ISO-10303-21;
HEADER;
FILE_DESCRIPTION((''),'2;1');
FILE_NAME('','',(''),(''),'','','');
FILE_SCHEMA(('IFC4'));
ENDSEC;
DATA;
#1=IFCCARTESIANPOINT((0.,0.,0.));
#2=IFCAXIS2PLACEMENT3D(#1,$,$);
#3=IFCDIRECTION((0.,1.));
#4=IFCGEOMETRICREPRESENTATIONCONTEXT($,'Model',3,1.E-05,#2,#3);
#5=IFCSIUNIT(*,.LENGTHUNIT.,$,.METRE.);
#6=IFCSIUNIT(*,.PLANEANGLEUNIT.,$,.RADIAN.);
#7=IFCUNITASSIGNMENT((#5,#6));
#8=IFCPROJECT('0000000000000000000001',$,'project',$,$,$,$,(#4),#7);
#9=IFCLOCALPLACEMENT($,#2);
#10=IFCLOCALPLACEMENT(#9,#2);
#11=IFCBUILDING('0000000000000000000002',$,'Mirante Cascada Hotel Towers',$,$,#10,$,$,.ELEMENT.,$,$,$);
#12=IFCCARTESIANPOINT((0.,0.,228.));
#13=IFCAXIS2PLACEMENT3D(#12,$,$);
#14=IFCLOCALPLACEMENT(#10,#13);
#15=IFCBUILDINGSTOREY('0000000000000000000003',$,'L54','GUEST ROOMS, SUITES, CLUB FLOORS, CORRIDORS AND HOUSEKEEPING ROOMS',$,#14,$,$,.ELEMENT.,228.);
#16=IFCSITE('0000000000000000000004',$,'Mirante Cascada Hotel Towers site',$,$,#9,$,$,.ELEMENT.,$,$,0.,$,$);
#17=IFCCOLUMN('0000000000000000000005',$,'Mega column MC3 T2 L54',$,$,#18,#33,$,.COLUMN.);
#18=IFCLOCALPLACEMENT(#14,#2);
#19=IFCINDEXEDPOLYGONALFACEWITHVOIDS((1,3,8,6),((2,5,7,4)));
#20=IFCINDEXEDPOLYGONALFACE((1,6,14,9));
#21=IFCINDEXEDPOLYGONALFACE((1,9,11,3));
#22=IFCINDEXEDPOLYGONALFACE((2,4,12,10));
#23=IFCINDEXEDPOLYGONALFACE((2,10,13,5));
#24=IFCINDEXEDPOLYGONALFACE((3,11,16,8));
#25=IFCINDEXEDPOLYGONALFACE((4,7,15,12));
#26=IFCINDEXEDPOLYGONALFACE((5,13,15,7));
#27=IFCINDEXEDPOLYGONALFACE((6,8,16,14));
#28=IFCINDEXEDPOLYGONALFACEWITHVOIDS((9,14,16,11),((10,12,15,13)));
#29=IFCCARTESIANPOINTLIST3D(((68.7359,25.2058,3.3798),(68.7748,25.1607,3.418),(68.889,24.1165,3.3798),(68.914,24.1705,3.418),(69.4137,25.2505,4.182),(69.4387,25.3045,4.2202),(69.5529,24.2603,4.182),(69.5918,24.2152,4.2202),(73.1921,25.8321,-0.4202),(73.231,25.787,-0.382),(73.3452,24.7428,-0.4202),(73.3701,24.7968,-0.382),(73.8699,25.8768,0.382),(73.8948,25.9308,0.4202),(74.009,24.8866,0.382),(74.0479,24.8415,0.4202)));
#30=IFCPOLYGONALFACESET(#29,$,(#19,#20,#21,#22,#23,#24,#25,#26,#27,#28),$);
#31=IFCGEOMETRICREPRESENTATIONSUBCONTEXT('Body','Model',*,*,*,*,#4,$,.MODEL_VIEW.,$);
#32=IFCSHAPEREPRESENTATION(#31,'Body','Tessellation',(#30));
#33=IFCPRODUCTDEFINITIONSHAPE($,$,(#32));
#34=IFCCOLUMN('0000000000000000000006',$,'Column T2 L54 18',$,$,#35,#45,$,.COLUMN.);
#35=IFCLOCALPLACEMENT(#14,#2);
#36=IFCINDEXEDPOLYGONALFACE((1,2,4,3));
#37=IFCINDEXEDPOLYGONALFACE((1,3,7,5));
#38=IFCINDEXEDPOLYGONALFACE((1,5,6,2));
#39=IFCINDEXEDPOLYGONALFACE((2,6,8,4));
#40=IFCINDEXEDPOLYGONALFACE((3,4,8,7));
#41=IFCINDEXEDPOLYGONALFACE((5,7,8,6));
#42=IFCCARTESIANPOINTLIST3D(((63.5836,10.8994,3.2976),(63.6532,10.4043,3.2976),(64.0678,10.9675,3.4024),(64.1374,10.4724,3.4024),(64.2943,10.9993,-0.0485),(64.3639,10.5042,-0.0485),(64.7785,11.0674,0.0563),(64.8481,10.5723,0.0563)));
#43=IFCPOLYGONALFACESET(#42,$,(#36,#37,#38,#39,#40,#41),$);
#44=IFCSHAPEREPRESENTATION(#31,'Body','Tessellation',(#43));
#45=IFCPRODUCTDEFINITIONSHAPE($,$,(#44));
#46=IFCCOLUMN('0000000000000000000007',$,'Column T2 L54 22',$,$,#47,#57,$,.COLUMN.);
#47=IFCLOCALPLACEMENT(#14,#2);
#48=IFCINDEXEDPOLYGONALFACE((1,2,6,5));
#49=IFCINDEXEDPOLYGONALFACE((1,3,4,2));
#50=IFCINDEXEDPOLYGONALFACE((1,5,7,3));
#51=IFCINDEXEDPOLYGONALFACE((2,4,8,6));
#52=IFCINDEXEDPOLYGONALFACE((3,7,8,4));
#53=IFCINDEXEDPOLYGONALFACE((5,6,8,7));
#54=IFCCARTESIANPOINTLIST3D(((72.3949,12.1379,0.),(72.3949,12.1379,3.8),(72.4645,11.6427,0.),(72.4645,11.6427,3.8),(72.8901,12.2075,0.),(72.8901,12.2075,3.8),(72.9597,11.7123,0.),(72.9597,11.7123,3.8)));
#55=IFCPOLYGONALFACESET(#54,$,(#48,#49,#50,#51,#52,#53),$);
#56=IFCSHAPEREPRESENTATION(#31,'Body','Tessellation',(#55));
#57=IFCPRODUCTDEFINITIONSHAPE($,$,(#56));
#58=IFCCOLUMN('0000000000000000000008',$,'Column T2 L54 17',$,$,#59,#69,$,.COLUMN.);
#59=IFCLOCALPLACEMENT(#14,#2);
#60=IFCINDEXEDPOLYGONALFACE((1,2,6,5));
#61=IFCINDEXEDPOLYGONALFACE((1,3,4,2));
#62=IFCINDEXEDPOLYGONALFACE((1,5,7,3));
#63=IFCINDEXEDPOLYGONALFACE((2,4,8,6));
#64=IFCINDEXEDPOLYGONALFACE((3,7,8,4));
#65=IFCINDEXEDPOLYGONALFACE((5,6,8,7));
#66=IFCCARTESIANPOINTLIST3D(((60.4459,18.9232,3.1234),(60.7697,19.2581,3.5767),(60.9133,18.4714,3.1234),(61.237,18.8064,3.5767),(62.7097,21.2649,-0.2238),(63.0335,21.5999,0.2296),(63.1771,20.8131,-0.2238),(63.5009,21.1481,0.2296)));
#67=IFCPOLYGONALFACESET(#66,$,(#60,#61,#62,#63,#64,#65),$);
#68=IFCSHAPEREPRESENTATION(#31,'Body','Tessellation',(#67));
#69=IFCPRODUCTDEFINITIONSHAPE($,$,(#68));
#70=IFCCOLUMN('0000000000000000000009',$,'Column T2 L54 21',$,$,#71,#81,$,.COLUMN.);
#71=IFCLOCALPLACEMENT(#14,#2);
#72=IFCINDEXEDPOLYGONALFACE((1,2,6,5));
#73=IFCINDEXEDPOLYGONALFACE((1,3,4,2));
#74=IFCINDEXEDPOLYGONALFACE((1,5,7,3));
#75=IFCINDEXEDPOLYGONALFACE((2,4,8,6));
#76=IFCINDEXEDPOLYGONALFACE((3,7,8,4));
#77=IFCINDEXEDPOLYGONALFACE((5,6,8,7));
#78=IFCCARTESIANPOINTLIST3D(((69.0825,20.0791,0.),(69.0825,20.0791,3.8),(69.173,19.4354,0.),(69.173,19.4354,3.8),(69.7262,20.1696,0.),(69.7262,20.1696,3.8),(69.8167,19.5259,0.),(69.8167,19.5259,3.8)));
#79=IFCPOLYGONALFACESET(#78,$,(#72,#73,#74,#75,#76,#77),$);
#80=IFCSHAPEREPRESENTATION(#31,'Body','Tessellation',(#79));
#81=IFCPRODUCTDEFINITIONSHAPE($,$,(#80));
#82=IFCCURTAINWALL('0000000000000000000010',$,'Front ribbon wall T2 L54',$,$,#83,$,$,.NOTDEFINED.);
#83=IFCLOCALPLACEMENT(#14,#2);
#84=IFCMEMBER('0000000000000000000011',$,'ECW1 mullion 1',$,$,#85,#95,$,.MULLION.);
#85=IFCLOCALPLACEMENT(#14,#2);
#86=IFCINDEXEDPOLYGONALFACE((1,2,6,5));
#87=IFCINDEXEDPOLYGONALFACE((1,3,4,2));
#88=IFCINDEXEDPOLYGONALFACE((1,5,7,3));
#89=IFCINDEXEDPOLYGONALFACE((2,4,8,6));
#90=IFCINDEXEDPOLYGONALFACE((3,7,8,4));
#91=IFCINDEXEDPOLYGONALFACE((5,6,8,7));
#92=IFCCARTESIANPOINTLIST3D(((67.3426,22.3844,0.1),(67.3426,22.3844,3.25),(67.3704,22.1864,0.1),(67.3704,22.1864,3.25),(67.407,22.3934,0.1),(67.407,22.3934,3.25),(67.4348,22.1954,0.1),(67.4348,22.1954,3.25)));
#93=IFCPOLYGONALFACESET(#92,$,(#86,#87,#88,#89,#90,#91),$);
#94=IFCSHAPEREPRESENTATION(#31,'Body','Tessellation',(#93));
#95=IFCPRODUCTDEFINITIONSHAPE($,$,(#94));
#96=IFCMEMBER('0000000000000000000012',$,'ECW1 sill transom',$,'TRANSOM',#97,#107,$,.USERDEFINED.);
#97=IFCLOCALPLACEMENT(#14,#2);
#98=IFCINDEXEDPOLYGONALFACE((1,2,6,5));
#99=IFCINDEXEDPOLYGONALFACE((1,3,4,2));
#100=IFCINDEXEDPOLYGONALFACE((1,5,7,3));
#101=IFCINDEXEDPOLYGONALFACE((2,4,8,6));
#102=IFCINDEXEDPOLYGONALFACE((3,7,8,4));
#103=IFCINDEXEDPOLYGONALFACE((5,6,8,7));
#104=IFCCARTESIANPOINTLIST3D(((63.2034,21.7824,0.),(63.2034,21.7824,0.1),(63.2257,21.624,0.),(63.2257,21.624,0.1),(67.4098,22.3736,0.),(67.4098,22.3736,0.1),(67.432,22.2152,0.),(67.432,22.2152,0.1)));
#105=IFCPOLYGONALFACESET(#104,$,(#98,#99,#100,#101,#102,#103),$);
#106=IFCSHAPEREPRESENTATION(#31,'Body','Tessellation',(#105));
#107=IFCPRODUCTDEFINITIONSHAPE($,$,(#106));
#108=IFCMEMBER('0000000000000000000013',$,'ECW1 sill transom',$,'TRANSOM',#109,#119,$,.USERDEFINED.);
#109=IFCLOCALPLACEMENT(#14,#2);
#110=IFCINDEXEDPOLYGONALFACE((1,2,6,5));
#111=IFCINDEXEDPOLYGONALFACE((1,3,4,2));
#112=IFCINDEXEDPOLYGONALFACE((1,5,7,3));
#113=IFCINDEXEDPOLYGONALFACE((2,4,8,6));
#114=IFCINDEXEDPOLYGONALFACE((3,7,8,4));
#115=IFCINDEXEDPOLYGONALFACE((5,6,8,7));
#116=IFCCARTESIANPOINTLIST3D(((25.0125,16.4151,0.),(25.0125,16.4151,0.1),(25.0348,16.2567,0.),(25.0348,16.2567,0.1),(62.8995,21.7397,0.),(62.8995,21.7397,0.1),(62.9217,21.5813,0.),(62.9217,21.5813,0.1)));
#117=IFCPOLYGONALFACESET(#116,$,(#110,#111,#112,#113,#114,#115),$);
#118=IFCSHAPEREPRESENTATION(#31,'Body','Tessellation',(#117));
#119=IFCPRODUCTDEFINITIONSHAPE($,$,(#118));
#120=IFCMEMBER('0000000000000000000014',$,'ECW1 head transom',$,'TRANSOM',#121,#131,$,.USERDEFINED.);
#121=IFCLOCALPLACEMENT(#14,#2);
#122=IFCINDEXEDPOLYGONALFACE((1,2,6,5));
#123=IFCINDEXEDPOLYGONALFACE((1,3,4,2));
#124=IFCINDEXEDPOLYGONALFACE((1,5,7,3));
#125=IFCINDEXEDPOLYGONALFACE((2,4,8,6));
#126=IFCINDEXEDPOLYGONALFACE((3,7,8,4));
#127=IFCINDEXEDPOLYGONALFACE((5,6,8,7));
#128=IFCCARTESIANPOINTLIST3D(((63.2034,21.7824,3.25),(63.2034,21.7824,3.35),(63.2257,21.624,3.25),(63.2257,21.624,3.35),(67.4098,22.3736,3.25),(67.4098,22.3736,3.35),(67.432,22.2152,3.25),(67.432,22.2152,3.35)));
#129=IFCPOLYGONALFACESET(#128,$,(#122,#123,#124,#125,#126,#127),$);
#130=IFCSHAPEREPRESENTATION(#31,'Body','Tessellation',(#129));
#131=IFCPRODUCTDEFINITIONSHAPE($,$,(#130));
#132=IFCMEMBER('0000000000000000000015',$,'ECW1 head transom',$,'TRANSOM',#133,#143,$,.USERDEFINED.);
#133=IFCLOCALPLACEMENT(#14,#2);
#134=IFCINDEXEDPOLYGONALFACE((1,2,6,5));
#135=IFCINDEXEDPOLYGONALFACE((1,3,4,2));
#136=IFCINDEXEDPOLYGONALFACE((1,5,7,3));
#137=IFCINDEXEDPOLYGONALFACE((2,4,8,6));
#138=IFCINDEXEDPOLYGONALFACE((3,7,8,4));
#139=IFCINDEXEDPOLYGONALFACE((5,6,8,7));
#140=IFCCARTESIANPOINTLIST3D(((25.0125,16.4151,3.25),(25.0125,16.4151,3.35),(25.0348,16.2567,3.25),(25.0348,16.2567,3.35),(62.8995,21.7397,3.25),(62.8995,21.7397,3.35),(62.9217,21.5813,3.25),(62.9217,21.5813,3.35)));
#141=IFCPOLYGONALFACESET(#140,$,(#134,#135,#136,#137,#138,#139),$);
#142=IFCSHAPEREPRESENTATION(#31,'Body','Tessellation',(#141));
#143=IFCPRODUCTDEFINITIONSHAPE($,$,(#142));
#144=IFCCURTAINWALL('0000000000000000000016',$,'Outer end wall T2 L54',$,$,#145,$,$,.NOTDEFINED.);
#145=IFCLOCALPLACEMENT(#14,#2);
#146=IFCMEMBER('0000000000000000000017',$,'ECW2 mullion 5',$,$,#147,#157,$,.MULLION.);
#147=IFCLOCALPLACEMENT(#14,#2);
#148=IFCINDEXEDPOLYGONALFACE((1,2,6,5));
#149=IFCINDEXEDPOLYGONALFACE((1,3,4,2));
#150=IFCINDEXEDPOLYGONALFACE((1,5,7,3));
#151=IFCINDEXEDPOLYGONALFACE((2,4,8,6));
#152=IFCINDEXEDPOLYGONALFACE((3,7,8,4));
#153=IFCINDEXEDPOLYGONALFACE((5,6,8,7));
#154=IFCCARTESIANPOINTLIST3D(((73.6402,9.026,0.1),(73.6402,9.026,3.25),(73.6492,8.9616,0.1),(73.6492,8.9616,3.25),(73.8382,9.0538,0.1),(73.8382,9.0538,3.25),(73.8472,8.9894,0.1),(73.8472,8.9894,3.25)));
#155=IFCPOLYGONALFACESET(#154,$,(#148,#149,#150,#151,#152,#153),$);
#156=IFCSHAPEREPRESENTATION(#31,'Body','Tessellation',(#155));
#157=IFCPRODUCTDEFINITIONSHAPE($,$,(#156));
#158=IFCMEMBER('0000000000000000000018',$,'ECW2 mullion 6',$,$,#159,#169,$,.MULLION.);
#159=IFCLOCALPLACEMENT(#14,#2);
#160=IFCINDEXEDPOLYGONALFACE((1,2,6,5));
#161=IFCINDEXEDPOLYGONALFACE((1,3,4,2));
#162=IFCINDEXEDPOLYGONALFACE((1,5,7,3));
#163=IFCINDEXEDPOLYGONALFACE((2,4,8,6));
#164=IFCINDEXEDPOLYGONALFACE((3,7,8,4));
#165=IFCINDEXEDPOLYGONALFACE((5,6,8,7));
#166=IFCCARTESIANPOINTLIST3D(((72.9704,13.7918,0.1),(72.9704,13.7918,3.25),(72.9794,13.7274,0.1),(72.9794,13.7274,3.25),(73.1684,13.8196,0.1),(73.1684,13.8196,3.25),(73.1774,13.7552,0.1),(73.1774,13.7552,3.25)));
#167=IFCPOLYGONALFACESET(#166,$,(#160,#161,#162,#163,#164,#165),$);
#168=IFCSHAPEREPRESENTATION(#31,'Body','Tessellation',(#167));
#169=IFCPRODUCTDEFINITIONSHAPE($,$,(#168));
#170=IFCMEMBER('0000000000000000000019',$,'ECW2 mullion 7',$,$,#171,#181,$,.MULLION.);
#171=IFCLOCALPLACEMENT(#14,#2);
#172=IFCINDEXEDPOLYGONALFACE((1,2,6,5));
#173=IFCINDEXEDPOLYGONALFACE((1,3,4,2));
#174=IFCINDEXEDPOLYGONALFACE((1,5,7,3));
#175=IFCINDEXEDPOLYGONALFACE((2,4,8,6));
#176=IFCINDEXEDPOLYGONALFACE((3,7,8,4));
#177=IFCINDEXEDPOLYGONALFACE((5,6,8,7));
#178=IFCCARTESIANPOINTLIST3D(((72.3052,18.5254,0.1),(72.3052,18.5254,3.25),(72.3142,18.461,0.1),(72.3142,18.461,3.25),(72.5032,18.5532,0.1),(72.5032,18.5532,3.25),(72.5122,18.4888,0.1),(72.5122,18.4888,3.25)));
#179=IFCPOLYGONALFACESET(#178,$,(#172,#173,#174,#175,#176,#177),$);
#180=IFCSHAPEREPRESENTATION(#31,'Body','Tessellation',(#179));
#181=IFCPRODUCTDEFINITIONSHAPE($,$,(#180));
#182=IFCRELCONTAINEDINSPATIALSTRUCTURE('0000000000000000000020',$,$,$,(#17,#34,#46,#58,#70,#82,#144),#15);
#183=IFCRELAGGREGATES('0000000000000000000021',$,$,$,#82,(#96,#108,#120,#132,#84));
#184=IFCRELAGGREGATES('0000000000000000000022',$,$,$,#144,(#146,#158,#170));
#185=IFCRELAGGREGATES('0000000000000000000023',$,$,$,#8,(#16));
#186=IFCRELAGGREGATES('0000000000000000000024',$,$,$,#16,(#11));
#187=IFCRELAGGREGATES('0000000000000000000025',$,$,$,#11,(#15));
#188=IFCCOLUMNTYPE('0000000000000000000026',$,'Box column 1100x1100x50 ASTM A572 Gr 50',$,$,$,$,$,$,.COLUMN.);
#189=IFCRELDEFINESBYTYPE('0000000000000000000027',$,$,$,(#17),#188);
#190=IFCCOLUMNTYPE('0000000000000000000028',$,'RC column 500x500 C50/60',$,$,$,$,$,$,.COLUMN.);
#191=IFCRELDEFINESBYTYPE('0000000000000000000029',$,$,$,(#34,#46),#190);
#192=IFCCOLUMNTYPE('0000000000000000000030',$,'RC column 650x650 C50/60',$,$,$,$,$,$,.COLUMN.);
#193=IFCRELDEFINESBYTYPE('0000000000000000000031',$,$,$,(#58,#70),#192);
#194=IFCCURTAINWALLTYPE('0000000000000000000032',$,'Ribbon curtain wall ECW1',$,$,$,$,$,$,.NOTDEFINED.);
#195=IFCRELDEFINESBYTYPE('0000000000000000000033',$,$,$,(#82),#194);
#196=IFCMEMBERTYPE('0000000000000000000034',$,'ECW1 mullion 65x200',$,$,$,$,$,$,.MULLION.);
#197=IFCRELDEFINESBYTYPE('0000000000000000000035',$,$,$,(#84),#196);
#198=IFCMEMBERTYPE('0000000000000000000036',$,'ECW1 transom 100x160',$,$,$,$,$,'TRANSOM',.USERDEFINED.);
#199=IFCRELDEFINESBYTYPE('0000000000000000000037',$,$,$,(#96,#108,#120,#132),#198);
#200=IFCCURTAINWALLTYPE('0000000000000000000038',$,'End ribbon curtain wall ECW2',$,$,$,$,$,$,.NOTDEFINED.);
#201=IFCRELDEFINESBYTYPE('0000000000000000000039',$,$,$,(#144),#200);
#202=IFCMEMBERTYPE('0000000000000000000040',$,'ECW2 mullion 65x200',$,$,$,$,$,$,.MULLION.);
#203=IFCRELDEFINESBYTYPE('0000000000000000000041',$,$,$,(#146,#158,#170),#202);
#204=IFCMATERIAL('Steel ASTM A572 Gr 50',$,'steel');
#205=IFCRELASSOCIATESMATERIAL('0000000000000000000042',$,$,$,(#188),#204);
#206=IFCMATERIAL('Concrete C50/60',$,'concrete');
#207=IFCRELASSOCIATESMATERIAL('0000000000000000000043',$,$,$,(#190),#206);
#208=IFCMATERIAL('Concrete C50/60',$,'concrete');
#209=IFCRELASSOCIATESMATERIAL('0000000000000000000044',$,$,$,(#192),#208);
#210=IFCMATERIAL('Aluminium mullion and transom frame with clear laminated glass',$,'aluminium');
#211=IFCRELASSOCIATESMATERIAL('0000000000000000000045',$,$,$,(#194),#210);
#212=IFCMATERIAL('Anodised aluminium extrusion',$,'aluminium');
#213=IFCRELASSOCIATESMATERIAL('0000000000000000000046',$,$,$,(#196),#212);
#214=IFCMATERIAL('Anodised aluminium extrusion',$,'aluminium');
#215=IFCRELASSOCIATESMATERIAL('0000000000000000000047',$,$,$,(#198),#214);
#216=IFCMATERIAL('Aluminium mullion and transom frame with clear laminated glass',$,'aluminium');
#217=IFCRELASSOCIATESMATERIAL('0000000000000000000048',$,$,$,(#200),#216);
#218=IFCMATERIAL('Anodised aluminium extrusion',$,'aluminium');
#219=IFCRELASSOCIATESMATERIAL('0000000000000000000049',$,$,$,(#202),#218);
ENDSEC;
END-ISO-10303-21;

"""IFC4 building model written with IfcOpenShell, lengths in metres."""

from ifc_helpers import new_model, si_unit, direction, frame, origin, origin_2d, place, context, subcontext, project, spatial, rectangle, hollow_rectangle, extrude, material, material_profile, profile_set, type_object, element, aggregate, save


model = new_model("IFC4")

# Units and contexts
model_context = context("Model", 3, precision=1e-05, world=origin(), true_north=direction((0.0, 1.0)))
body_context = subcontext(model_context, "Body", "Model", "MODEL_VIEW")
ifc_project = project(units=[si_unit("LENGTHUNIT", "METRE"), si_unit("PLANEANGLEUNIT", "RADIAN")], contexts=[model_context])

# Site, building, storey
site_placement = place(None, origin())
site = spatial("IfcSite", under=ifc_project, at=site_placement, Name="Mirante Cascada Hotel Towers site", CompositionType="ELEMENT", RefElevation=0.0)
building_placement = place(site_placement, origin())
building = spatial("IfcBuilding", under=site, at=building_placement, Name="Mirante Cascada Hotel Towers", CompositionType="ELEMENT")
storey_placement = place(building_placement, frame((0.0, 0.0, 228.0)))
storey = spatial("IfcBuildingStorey", under=building, at=storey_placement, Name="L54", Description="GUEST ROOMS, SUITES, CLUB FLOORS, CORRIDORS AND HOUSEKEEPING ROOMS", CompositionType="ELEMENT", Elevation=228.0)

# Columns
ifc_material_1 = material(Name="Steel ASTM A572 Gr 50", Category="steel")
ifc_material_profile_1 = material_profile(ifc_material_1, hollow_rectangle(XDim=1.1, YDim=1.1, WallThickness=0.05, at=origin_2d()), Name="Box column 1100x1100x50 ASTM A572 Gr 50")
ifc_profile_set_1 = profile_set([ifc_material_profile_1], Name="Steel ASTM A572 Gr 50")
column_type_1 = type_object("IfcColumnType", Name="Box column 1100x1100x50 ASTM A572 Gr 50", PredefinedType="COLUMN", material=ifc_profile_set_1)
column_1_placement = place(storey_placement, frame((73.62, 25.3368, 0.0), z_axis=(-0.756594, -0.106336, 0.645181), x_axis=(0.139178, -0.990267, 0.0)))
element("IfcColumn", 1, at=column_1_placement, inside=storey, type_object=column_type_1, Name="Mega column MC3 T2 L54", PredefinedType="COLUMN", context=body_context, shape_type="SweptSolid", body=[
    extrude(hollow_rectangle(XDim=1.1, YDim=1.1, WallThickness=0.05, at=origin_2d()), origin(), (0.0, 0.0, 1.0), 5.8898),
])
ifc_material_2 = material(Name="Concrete C50/60", Category="concrete")
ifc_material_profile_2 = material_profile(ifc_material_2, rectangle(XDim=0.5, YDim=0.5, at=origin_2d()), Name="RC column 500x500 C50/60")
ifc_profile_set_2 = profile_set([ifc_material_profile_2], Name="Concrete C50/60")
column_type_2 = type_object("IfcColumnType", Name="RC column 500x500 C50/60", PredefinedType="COLUMN", material=ifc_profile_set_2)
column_2_placement = place(storey_placement, frame((64.5712, 10.7858, 0.0039), z_axis=(-0.207673, -0.029192, 0.977763), x_axis=(0.139197, -0.990265, 0.0)))
element("IfcColumn", 2, at=column_2_placement, inside=storey, type_object=column_type_2, Name="Column T2 L54 18", PredefinedType="COLUMN", context=body_context, shape_type="SweptSolid", body=[
    extrude(rectangle(XDim=0.5, YDim=0.5, at=origin_2d()), origin(), (0.0, 0.0, 1.0), 3.4222),
])
column_3_placement = place(storey_placement, frame((72.6773, 11.9251, 0.0), z_axis=(0.0, 0.0, 1.0), x_axis=(0.990268, 0.139173, 0.0)))
element("IfcColumn", 3, at=column_3_placement, inside=storey, type_object=column_type_2, Name="Column T2 L54 22", PredefinedType="COLUMN", context=body_context, shape_type="SweptSolid", body=[
    extrude(rectangle(XDim=0.5, YDim=0.5, at=origin_2d()), origin(), (0.0, 0.0, 1.0), 3.8),
])
ifc_material_3 = material(Name="Concrete C50/60", Category="concrete")
ifc_material_profile_3 = material_profile(ifc_material_3, rectangle(XDim=0.65, YDim=0.65, at=origin_2d()), Name="RC column 650x650 C50/60")
ifc_profile_set_3 = profile_set([ifc_material_profile_3], Name="Concrete C50/60")
column_type_3 = type_object("IfcColumnType", Name="RC column 650x650 C50/60", PredefinedType="COLUMN", material=ifc_profile_set_3)
column_4_placement = place(storey_placement, frame((63.1053, 21.2065, 0.0029), z_axis=(-0.484726, -0.501406, 0.716682), x_axis=(0.718964, -0.695047, 0.0)))
element("IfcColumn", 4, at=column_4_placement, inside=storey, type_object=column_type_3, Name="Column T2 L54 17", PredefinedType="COLUMN", context=body_context, shape_type="SweptSolid", body=[
    extrude(rectangle(XDim=0.65, YDim=0.65, at=origin_2d()), origin(), (0.0, 0.0, 1.0), 4.6703),
])
column_5_placement = place(storey_placement, frame((69.4496, 19.8025, 0.0), z_axis=(0.0, 0.0, 1.0), x_axis=(0.990268, 0.139173, 0.0)))
element("IfcColumn", 5, at=column_5_placement, inside=storey, type_object=column_type_3, Name="Column T2 L54 21", PredefinedType="COLUMN", context=body_context, shape_type="SweptSolid", body=[
    extrude(rectangle(XDim=0.65, YDim=0.65, at=origin_2d()), origin(), (0.0, 0.0, 1.0), 3.8),
])

# Curtain walls, members
ifc_material_4 = material(Name="Aluminium mullion and transom frame with clear laminated glass", Category="aluminium")
curtain_wall_type_1 = type_object("IfcCurtainWallType", Name="Ribbon curtain wall ECW1", PredefinedType="NOTDEFINED", material=ifc_material_4)
curtain_wall_1_placement = place(storey_placement, origin())
curtain_wall_1 = element("IfcCurtainWall", 6, at=curtain_wall_1_placement, inside=storey, type_object=curtain_wall_type_1, Name="Front ribbon wall T2 L54", PredefinedType="NOTDEFINED")
ifc_material_5 = material(Name="Anodised aluminium extrusion", Category="aluminium")
ifc_material_profile_4 = material_profile(ifc_material_5, rectangle(XDim=0.2, YDim=0.065, at=origin_2d()), Name="ECW1 MULLION 65x200")
ifc_profile_set_4 = profile_set([ifc_material_profile_4], Name="Anodised aluminium extrusion")
member_type_1 = type_object("IfcMemberType", Name="ECW1 mullion 65x200", PredefinedType="MULLION", material=ifc_profile_set_4)
member_1_placement = place(storey_placement, frame((67.3887, 22.2899, 0.1), z_axis=(0.0, 0.0, 1.0), x_axis=(0.139173, -0.990268, 0.0)))
member_1 = element("IfcMember", 7, at=member_1_placement, type_object=member_type_1, Name="ECW1 mullion 1", PredefinedType="MULLION", context=body_context, shape_type="SweptSolid", body=[
    extrude(rectangle(XDim=0.2, YDim=0.065, at=origin_2d()), origin(), (0.0, 0.0, 1.0), 3.15),
])
ifc_material_6 = material(Name="Anodised aluminium extrusion", Category="aluminium")
ifc_material_profile_5 = material_profile(ifc_material_6, rectangle(XDim=0.16, YDim=0.1, at=origin_2d()), Name="ECW1 TRANSOM 100x160")
ifc_profile_set_5 = profile_set([ifc_material_profile_5], Name="Anodised aluminium extrusion")
member_type_2 = type_object("IfcMemberType", Name="ECW1 transom 100x160", ElementType="TRANSOM", PredefinedType="USERDEFINED", material=ifc_profile_set_5)
member_2_placement = place(storey_placement, frame((67.4209, 22.2944, 0.05), z_axis=(-0.990267, -0.13918, 0.0), x_axis=(0.13918, -0.990267, 0.0)))
member_2 = element("IfcMember", 8, at=member_2_placement, type_object=member_type_2, Name="ECW1 sill transom", ObjectType="TRANSOM", PredefinedType="USERDEFINED", context=body_context, shape_type="SweptSolid", body=[
    extrude(rectangle(XDim=0.16, YDim=0.1, at=origin_2d()), origin(), (0.0, 0.0, 1.0), 4.2477),
])
member_3_placement = place(storey_placement, frame((62.9106, 21.6605, 0.05), z_axis=(-0.990268, -0.139171, 0.0), x_axis=(0.139171, -0.990268, 0.0)))
member_3 = element("IfcMember", 9, at=member_3_placement, type_object=member_type_2, Name="ECW1 sill transom", ObjectType="TRANSOM", PredefinedType="USERDEFINED", context=body_context, shape_type="SweptSolid", body=[
    extrude(rectangle(XDim=0.16, YDim=0.1, at=origin_2d()), origin(), (0.0, 0.0, 1.0), 38.2593),
])
member_4_placement = place(storey_placement, frame((67.4209, 22.2944, 3.3), z_axis=(-0.990267, -0.13918, 0.0), x_axis=(0.13918, -0.990267, 0.0)))
member_4 = element("IfcMember", 10, at=member_4_placement, type_object=member_type_2, Name="ECW1 head transom", ObjectType="TRANSOM", PredefinedType="USERDEFINED", context=body_context, shape_type="SweptSolid", body=[
    extrude(rectangle(XDim=0.16, YDim=0.1, at=origin_2d()), origin(), (0.0, 0.0, 1.0), 4.2477),
])
member_5_placement = place(storey_placement, frame((62.9106, 21.6605, 3.3), z_axis=(-0.990268, -0.139171, 0.0), x_axis=(0.139171, -0.990268, 0.0)))
member_5 = element("IfcMember", 11, at=member_5_placement, type_object=member_type_2, Name="ECW1 head transom", ObjectType="TRANSOM", PredefinedType="USERDEFINED", context=body_context, shape_type="SweptSolid", body=[
    extrude(rectangle(XDim=0.16, YDim=0.1, at=origin_2d()), origin(), (0.0, 0.0, 1.0), 38.2593),
])
ifc_material_7 = material(Name="Aluminium mullion and transom frame with clear laminated glass", Category="aluminium")
curtain_wall_type_2 = type_object("IfcCurtainWallType", Name="End ribbon curtain wall ECW2", PredefinedType="NOTDEFINED", material=ifc_material_7)
curtain_wall_2_placement = place(storey_placement, origin())
curtain_wall_2 = element("IfcCurtainWall", 12, at=curtain_wall_2_placement, inside=storey, type_object=curtain_wall_type_2, Name="Outer end wall T2 L54", PredefinedType="NOTDEFINED")
ifc_material_8 = material(Name="Anodised aluminium extrusion", Category="aluminium")
ifc_material_profile_6 = material_profile(ifc_material_8, rectangle(XDim=0.2, YDim=0.065, at=origin_2d()), Name="ECW2 MULLION 65x200")
ifc_profile_set_6 = profile_set([ifc_material_profile_6], Name="Anodised aluminium extrusion")
member_type_3 = type_object("IfcMemberType", Name="ECW2 mullion 65x200", PredefinedType="MULLION", material=ifc_profile_set_6)
member_6_placement = place(storey_placement, frame((73.7437, 9.0077, 0.1), z_axis=(0.0, 0.0, 1.0), x_axis=(-0.990268, -0.139173, 0.0)))
member_6 = element("IfcMember", 13, at=member_6_placement, type_object=member_type_3, Name="ECW2 mullion 5", PredefinedType="MULLION", context=body_context, shape_type="SweptSolid", body=[
    extrude(rectangle(XDim=0.2, YDim=0.065, at=origin_2d()), origin(), (0.0, 0.0, 1.0), 3.15),
])
member_7_placement = place(storey_placement, frame((73.0739, 13.7735, 0.1), z_axis=(0.0, 0.0, 1.0), x_axis=(-0.990268, -0.139173, 0.0)))
member_7 = element("IfcMember", 14, at=member_7_placement, type_object=member_type_3, Name="ECW2 mullion 6", PredefinedType="MULLION", context=body_context, shape_type="SweptSolid", body=[
    extrude(rectangle(XDim=0.2, YDim=0.065, at=origin_2d()), origin(), (0.0, 0.0, 1.0), 3.15),
])
member_8_placement = place(storey_placement, frame((72.4087, 18.5071, 0.1), z_axis=(0.0, 0.0, 1.0), x_axis=(-0.990268, -0.139173, 0.0)))
member_8 = element("IfcMember", 15, at=member_8_placement, type_object=member_type_3, Name="ECW2 mullion 7", PredefinedType="MULLION", context=body_context, shape_type="SweptSolid", body=[
    extrude(rectangle(XDim=0.2, YDim=0.065, at=origin_2d()), origin(), (0.0, 0.0, 1.0), 3.15),
])

aggregate(curtain_wall_1, [member_2, member_3, member_4, member_5, member_1])
aggregate(curtain_wall_2, [member_6, member_7, member_8])

save(model, "model.ifc")
